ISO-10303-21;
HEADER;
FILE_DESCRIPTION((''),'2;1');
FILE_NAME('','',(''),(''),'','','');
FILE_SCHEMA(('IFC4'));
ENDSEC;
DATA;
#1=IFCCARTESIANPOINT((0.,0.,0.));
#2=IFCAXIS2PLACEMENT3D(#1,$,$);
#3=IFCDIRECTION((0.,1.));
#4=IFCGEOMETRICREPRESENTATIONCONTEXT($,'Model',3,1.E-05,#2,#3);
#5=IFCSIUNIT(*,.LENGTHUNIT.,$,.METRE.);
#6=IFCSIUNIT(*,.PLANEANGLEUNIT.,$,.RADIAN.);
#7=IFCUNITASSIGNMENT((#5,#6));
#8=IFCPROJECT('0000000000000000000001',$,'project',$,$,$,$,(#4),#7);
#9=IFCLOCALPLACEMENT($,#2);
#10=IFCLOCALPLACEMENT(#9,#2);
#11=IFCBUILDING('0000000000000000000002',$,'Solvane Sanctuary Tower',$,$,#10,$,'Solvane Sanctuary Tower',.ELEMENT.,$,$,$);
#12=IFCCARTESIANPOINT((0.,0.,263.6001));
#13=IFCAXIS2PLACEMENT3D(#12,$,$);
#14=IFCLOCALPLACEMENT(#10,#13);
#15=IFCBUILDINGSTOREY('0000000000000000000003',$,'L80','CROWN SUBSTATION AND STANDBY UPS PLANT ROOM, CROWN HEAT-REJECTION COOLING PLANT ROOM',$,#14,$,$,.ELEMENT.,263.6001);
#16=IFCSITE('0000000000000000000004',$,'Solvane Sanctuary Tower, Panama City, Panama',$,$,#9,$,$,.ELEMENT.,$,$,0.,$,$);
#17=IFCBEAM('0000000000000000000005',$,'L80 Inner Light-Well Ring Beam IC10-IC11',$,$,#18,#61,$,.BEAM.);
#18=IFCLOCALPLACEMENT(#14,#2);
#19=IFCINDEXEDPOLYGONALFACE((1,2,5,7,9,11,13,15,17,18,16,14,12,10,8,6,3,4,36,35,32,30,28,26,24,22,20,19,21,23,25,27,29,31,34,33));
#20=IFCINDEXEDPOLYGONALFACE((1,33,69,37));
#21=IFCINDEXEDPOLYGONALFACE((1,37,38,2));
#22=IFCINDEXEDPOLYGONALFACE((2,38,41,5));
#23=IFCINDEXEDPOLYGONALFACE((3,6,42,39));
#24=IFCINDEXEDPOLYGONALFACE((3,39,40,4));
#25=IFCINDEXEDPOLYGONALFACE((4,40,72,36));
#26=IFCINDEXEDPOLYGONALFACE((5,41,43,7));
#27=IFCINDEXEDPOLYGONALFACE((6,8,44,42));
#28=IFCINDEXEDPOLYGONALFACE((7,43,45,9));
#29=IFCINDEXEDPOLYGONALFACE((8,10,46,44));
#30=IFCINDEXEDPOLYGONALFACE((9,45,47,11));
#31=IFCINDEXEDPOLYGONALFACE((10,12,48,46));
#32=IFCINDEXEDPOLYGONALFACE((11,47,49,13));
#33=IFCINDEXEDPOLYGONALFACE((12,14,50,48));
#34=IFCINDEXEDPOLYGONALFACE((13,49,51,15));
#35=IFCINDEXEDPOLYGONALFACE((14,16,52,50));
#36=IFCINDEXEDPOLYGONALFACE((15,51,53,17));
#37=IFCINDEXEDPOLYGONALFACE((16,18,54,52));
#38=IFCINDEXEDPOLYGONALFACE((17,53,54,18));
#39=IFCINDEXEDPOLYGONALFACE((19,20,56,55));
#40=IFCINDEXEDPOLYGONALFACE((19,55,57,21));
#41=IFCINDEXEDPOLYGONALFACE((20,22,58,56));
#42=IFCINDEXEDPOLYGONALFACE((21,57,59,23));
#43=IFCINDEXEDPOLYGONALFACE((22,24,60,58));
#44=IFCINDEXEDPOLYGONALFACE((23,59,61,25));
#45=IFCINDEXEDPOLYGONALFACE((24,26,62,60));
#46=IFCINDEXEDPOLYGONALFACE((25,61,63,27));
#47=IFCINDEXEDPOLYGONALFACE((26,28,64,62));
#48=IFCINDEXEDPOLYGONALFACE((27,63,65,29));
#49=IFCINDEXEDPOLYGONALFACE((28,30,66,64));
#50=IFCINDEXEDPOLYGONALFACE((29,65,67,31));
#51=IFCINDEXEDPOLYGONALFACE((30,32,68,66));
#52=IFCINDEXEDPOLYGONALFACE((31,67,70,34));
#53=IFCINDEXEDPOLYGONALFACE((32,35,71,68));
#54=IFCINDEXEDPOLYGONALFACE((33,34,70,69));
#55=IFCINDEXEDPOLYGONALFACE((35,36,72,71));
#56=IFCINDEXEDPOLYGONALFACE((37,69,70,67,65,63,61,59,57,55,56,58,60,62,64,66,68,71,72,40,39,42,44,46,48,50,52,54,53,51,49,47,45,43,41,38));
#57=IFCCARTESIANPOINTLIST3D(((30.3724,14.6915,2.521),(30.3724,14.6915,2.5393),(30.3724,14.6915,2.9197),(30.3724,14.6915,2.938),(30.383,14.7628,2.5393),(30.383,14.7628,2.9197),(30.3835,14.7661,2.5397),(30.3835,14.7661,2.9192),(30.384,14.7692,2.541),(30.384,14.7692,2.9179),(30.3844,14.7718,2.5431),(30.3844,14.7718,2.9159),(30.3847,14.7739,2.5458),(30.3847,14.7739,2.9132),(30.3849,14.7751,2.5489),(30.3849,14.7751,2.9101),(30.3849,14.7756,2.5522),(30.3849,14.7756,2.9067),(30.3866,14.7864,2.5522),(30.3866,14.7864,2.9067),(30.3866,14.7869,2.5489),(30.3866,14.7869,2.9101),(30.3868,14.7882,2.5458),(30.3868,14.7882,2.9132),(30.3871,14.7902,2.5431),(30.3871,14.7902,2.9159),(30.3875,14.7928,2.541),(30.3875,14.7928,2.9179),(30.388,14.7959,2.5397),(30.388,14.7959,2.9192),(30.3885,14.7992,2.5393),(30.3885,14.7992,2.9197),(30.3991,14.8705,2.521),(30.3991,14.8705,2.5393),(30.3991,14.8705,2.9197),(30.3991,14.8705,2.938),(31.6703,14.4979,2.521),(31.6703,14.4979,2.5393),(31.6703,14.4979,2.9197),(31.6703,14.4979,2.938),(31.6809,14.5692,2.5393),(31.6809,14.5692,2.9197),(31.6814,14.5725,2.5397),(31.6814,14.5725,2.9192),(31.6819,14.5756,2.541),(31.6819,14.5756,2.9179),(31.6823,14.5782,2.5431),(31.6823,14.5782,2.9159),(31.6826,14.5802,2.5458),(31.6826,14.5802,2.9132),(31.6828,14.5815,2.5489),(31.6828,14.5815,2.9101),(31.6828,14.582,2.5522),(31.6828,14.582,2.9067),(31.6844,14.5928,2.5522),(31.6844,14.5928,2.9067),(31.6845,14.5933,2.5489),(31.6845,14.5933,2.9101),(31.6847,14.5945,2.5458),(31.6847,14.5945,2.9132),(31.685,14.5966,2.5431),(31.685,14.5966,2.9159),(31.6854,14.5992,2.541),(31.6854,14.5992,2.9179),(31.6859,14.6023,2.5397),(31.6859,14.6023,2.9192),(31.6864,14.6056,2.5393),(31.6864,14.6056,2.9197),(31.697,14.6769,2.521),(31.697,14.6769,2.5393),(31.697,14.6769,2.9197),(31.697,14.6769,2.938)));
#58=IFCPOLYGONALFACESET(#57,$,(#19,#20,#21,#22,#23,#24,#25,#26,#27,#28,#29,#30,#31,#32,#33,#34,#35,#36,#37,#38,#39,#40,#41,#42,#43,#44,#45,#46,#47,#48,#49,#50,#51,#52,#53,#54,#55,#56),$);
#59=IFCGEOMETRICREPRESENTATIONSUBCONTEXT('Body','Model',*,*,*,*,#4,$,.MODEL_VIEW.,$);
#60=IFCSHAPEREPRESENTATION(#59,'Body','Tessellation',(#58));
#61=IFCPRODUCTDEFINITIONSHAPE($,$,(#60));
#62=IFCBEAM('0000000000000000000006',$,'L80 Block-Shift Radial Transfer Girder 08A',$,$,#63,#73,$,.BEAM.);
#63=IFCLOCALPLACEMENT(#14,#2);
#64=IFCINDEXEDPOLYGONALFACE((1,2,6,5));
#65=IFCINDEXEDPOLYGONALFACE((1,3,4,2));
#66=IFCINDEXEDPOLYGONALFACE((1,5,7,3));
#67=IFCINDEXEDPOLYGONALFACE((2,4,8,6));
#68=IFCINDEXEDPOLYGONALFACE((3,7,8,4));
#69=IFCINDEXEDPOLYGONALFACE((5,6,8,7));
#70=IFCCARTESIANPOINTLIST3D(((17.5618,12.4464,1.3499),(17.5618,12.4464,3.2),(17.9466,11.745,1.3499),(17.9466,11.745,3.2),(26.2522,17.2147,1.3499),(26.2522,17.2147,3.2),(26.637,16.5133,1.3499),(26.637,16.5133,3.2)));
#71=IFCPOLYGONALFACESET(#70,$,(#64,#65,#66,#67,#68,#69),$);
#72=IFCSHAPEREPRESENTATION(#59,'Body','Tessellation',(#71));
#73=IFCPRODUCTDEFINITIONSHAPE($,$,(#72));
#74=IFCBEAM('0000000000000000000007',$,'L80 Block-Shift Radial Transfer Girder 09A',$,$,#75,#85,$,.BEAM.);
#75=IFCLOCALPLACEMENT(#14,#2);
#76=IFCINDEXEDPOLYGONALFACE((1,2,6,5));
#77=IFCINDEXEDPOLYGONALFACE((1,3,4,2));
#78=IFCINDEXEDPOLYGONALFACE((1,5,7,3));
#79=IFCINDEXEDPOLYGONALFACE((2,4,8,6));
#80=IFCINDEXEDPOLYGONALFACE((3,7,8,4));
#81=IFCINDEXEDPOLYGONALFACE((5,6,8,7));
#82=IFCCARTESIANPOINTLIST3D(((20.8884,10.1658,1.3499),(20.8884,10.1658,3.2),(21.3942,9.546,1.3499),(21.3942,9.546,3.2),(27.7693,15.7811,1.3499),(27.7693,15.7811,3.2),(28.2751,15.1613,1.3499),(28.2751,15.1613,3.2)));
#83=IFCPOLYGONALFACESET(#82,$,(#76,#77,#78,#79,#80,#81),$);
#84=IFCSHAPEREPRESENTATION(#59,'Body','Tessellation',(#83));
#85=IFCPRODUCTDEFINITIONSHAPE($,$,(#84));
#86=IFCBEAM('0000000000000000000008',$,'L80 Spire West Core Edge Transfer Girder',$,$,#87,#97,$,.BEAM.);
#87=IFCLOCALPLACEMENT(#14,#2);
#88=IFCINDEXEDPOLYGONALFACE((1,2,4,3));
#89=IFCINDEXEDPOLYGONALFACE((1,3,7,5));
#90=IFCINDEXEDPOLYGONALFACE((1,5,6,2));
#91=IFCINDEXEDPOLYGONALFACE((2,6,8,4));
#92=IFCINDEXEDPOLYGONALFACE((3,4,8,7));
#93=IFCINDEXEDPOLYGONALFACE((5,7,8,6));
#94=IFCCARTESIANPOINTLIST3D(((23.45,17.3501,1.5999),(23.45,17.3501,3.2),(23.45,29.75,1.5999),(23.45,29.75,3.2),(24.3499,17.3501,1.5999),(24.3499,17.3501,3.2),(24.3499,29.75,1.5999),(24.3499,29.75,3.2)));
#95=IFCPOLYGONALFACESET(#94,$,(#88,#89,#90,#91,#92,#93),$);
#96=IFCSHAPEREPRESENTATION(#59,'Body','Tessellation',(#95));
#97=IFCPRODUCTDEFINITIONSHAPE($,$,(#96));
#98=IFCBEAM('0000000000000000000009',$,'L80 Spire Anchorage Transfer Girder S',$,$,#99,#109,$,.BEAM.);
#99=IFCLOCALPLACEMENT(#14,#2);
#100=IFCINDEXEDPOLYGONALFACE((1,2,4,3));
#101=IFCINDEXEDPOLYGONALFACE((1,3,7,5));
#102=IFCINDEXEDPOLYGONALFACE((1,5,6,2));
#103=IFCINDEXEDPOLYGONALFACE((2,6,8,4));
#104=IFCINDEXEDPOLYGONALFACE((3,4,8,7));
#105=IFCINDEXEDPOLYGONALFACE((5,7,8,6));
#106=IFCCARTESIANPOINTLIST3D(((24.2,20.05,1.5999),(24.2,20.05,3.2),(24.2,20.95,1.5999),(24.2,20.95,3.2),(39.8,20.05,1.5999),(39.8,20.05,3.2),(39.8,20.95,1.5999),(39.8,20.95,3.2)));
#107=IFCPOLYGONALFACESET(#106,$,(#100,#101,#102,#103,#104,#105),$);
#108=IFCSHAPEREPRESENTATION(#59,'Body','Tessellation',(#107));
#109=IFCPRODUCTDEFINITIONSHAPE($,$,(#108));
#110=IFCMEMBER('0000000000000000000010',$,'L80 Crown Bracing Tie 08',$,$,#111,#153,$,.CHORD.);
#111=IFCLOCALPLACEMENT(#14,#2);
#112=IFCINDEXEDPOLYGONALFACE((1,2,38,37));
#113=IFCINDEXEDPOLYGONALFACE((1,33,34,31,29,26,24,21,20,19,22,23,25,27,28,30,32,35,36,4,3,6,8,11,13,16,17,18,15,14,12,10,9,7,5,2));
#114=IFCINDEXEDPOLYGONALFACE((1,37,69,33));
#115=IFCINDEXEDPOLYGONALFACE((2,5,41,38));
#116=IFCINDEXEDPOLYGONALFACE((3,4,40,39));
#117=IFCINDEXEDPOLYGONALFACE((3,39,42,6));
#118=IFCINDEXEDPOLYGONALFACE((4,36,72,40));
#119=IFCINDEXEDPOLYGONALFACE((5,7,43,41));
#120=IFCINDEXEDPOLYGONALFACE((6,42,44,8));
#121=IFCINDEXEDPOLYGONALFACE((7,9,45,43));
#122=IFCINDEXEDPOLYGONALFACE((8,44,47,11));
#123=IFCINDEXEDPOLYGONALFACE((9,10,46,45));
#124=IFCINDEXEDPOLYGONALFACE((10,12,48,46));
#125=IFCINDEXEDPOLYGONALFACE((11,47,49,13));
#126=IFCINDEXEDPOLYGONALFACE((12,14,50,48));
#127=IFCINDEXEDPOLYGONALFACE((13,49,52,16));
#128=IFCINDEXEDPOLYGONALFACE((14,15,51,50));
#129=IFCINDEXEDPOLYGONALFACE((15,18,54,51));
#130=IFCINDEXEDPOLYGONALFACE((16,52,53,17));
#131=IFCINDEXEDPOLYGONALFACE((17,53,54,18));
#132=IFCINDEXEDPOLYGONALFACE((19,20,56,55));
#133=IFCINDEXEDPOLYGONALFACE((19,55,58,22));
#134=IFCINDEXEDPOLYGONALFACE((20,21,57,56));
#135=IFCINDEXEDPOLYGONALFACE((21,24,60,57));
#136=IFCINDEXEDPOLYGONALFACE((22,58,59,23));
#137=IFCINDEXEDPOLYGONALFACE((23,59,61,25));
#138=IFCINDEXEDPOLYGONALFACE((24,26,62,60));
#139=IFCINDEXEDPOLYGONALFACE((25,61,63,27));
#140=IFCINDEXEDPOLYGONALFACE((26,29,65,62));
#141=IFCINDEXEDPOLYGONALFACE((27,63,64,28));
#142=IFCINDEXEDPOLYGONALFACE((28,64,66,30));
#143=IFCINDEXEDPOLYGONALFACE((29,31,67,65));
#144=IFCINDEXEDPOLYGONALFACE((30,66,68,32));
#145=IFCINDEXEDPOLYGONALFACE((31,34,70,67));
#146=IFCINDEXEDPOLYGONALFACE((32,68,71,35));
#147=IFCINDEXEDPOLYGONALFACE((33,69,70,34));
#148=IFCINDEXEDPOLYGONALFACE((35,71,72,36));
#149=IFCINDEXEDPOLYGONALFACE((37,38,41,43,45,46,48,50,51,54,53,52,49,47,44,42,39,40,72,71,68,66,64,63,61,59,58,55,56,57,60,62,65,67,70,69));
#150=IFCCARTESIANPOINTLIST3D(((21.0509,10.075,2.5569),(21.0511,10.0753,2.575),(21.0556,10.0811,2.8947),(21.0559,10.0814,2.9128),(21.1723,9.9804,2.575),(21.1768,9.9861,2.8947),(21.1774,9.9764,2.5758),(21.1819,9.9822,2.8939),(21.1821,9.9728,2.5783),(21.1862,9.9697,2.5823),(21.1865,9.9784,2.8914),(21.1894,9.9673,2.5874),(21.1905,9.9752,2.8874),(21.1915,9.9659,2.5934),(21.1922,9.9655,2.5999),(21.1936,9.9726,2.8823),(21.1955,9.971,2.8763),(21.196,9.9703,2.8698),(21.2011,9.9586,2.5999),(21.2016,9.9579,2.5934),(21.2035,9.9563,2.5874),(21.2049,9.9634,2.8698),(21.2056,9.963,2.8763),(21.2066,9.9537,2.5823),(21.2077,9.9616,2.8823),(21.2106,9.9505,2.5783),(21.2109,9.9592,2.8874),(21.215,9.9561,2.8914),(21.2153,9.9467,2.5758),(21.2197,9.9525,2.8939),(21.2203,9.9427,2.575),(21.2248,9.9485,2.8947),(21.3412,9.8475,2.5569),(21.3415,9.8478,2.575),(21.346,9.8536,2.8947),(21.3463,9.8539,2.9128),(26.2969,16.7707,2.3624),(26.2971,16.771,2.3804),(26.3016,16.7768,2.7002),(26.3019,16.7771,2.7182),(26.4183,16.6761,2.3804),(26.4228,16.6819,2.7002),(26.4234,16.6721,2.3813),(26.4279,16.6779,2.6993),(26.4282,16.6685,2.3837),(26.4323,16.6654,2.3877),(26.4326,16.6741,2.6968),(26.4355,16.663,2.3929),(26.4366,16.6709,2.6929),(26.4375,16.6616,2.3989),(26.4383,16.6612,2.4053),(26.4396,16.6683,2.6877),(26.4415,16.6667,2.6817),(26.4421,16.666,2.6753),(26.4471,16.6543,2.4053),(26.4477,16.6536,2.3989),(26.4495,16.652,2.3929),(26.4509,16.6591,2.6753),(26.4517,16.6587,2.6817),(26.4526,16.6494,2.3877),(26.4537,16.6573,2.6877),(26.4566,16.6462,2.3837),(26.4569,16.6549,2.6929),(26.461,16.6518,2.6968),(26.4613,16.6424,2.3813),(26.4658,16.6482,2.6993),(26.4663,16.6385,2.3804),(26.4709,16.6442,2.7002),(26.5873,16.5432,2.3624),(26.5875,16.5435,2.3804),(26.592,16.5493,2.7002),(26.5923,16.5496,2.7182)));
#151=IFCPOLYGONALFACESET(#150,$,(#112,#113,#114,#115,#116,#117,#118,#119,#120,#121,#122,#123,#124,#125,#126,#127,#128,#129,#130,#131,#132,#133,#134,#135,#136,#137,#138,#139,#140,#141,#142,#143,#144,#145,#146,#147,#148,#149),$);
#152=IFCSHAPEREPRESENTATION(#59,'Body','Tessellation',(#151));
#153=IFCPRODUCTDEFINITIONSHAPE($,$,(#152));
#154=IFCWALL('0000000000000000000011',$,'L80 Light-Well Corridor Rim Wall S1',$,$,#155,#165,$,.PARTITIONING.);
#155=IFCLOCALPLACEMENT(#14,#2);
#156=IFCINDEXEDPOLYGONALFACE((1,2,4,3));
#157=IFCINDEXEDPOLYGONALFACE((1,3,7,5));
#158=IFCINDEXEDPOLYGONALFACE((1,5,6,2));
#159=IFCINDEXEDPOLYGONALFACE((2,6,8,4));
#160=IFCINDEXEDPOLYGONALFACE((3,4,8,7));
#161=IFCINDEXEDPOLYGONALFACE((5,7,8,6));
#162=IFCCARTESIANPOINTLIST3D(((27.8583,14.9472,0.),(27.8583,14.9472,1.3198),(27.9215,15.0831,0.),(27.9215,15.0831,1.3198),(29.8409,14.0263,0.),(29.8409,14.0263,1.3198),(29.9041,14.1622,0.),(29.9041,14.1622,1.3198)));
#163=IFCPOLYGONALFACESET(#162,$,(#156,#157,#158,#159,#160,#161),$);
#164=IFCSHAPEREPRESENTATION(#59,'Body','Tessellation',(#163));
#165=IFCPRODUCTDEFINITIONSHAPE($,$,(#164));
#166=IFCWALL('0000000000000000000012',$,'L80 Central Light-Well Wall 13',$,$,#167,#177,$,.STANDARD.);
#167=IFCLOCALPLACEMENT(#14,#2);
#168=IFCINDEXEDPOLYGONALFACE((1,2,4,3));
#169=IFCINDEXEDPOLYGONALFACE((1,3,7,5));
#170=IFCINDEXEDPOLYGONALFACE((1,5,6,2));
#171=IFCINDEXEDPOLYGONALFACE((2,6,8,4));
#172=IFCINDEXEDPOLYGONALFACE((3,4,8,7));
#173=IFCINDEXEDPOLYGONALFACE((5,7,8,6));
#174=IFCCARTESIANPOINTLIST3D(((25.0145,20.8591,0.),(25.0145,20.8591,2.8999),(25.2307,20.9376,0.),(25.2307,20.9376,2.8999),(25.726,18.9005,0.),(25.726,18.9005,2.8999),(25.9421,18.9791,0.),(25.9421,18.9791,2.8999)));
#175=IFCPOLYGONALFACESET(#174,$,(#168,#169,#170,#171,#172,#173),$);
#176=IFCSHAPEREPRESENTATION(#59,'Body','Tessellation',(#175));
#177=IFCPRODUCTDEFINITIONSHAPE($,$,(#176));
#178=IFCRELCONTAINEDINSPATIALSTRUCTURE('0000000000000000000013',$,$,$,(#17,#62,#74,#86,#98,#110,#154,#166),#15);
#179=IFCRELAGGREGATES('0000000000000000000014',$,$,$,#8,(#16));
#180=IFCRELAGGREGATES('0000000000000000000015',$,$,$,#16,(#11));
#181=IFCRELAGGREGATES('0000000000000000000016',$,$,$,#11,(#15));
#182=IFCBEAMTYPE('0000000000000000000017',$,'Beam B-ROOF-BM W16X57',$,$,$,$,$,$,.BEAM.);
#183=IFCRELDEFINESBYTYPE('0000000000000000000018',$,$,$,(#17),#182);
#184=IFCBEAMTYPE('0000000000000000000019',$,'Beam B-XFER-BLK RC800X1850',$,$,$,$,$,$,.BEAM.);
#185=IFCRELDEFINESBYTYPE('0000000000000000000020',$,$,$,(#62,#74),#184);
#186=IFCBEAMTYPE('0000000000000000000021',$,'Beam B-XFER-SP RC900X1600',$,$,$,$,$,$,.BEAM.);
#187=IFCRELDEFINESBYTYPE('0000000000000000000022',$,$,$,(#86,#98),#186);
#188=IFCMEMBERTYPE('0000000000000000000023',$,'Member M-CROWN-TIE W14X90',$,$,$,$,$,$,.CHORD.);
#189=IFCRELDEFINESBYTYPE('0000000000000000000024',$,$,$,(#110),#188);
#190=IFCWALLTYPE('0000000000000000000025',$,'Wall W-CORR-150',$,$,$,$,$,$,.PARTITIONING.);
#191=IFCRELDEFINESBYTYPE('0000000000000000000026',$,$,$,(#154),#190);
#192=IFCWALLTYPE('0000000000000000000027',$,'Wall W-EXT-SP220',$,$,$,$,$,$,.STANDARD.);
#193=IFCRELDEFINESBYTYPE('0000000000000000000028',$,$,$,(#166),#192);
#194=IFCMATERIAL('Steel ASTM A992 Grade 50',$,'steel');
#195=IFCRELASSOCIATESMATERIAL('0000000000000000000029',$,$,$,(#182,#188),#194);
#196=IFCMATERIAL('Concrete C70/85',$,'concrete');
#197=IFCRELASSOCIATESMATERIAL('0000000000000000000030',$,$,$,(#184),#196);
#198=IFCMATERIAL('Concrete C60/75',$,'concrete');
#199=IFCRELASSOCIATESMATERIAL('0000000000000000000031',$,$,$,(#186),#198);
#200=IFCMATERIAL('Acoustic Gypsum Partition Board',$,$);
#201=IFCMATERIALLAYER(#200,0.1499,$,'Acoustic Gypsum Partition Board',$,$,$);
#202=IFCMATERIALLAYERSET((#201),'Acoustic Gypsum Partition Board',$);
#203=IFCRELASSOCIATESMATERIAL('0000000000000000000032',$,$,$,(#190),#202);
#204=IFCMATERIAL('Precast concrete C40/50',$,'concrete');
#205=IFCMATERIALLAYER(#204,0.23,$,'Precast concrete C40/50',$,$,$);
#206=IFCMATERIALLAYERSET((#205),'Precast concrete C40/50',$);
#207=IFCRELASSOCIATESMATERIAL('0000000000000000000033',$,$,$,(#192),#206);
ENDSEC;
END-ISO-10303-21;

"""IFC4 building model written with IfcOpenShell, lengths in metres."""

from ifc_helpers import new_model, si_unit, direction, frame, frame_2d, origin, origin_2d, place, context, subcontext, project, spatial, rectangle, i_section, extrude, material, layer, layer_set, material_profile, profile_set, type_object, element, save


model = new_model("IFC4")

# Units and contexts
model_context = context("Model", 3, precision=1e-05, world=origin(), true_north=direction((0.0, 1.0)))
body_context = subcontext(model_context, "Body", "Model", "MODEL_VIEW")
ifc_project = project(units=[si_unit("LENGTHUNIT", "METRE"), si_unit("PLANEANGLEUNIT", "RADIAN")], contexts=[model_context])

# Site, building, storey
site_placement = place(None, origin())
site = spatial("IfcSite", under=ifc_project, at=site_placement, Name="Solvane Sanctuary Tower, Panama City, Panama", CompositionType="ELEMENT", RefElevation=0.0)
building_placement = place(site_placement, origin())
building = spatial("IfcBuilding", under=site, at=building_placement, Name="Solvane Sanctuary Tower", LongName="Solvane Sanctuary Tower", CompositionType="ELEMENT")
storey_placement = place(building_placement, frame((0.0, 0.0, 263.6001)))
storey = spatial("IfcBuildingStorey", under=building, at=storey_placement, Name="L80", Description="CROWN SUBSTATION AND STANDBY UPS PLANT ROOM, CROWN HEAT-REJECTION COOLING PLANT ROOM", CompositionType="ELEMENT", Elevation=263.6001)

# Shared definitions
ifc_material_1 = material(Name="Concrete C70/85", Category="concrete")

# Beams
ifc_material_2 = material(Name="Steel ASTM A992 Grade 50", Category="steel")
ifc_material_profile_1 = material_profile(ifc_material_2, i_section(OverallWidth=0.1809, OverallDepth=0.417, WebThickness=0.011, FlangeThickness=0.0183, FilletRadius=0.0129, at=origin_2d()), Name="W16X57")
ifc_profile_set_1 = profile_set([ifc_material_profile_1], Name="Steel ASTM A992 Grade 50")
beam_type_1 = type_object("IfcBeamType", Name="Beam B-ROOF-BM W16X57", PredefinedType="BEAM", material=ifc_profile_set_1)
beam_1_placement = place(storey_placement, frame((30.3857, 14.781, 2.7295), z_axis=(0.989056, -0.14754, 0.0), x_axis=(0.14754, 0.989056, 0.0)))
element("IfcBeam", 1, at=beam_1_placement, inside=storey, type_object=beam_type_1, Name="L80 Inner Light-Well Ring Beam IC10-IC11", PredefinedType="BEAM", context=body_context, shape_type="SweptSolid", body=[
    extrude(i_section(OverallWidth=0.1809, OverallDepth=0.417, WebThickness=0.011, FlangeThickness=0.0183, FilletRadius=0.0129, at=origin_2d()), origin(), (0.0, 0.0, 1.0), 1.3123),
])
ifc_material_profile_2 = material_profile(ifc_material_1, rectangle(XDim=0.8, YDim=1.8501, at=origin_2d()), Name="RC800X1850")
ifc_profile_set_2 = profile_set([ifc_material_profile_2], Name="Concrete C70/85")
beam_type_2 = type_object("IfcBeamType", Name="Beam B-XFER-BLK RC800X1850", PredefinedType="BEAM", material=ifc_profile_set_2)
beam_2_placement = place(storey_placement, frame((26.4446, 16.864, 2.2749), z_axis=(-0.876702, -0.481034, 0.0), x_axis=(0.481034, -0.876702, 0.0)))
element("IfcBeam", 2, at=beam_2_placement, inside=storey, type_object=beam_type_2, Name="L80 Block-Shift Radial Transfer Girder 08A", PredefinedType="BEAM", context=body_context, shape_type="SweptSolid", body=[
    extrude(rectangle(XDim=0.8, YDim=1.8501, at=origin_2d()), origin(), (0.0, 0.0, 1.0), 9.9126),
])
beam_3_placement = place(storey_placement, frame((28.0222, 15.4712, 2.2749), z_axis=(-0.77476, -0.632255, 0.0), x_axis=(0.632255, -0.77476, 0.0)))
element("IfcBeam", 3, at=beam_3_placement, inside=storey, type_object=beam_type_2, Name="L80 Block-Shift Radial Transfer Girder 09A", PredefinedType="BEAM", context=body_context, shape_type="SweptSolid", body=[
    extrude(rectangle(XDim=0.8, YDim=1.8501, at=origin_2d()), origin(), (0.0, 0.0, 1.0), 8.8813),
])
ifc_material_3 = material(Name="Concrete C60/75", Category="concrete")
ifc_material_profile_3 = material_profile(ifc_material_3, rectangle(XDim=0.8999, YDim=1.6001, at=origin_2d()), Name="RC900X1600")
ifc_profile_set_3 = profile_set([ifc_material_profile_3], Name="Concrete C60/75")
beam_type_3 = type_object("IfcBeamType", Name="Beam B-XFER-SP RC900X1600", PredefinedType="BEAM", material=ifc_profile_set_3)
beam_4_placement = place(storey_placement, frame((23.8999, 17.3501, 2.3999), z_axis=(0.0, 1.0, 0.0), x_axis=(-1.0, 0.0, 0.0)))
element("IfcBeam", 4, at=beam_4_placement, inside=storey, type_object=beam_type_3, Name="L80 Spire West Core Edge Transfer Girder", PredefinedType="BEAM", context=body_context, shape_type="SweptSolid", body=[
    extrude(rectangle(XDim=0.8999, YDim=1.6001, at=origin_2d()), origin(), (0.0, 0.0, 1.0), 12.3999),
])
beam_5_placement = place(storey_placement, frame((24.2, 20.5, 2.3999), z_axis=(1.0, 0.0, 0.0), x_axis=(0.0, 1.0, 0.0)))
element("IfcBeam", 5, at=beam_5_placement, inside=storey, type_object=beam_type_3, Name="L80 Spire Anchorage Transfer Girder S", PredefinedType="BEAM", context=body_context, shape_type="SweptSolid", body=[
    extrude(rectangle(XDim=0.8999, YDim=1.6001, at=origin_2d()), origin(), (0.0, 0.0, 1.0), 15.6001),
])

# Member
ifc_material_profile_4 = material_profile(ifc_material_2, i_section(OverallWidth=0.3689, OverallDepth=0.356, WebThickness=0.0112, FlangeThickness=0.0181, FilletRadius=0.0249, at=origin_2d()), Name="W14X90")
ifc_profile_set_4 = profile_set([ifc_material_profile_4], Name="Steel ASTM A992 Grade 50")
member_type = type_object("IfcMemberType", Name="Member M-CROWN-TIE W14X90", PredefinedType="CHORD", material=ifc_profile_set_4)
member_placement = place(storey_placement, frame((26.4446, 16.6602, 2.5403), z_axis=(-0.616577, -0.786962, 0.022869), x_axis=(0.787168, -0.616738, 0.0)))
element("IfcMember", 6, at=member_placement, inside=storey, type_object=member_type, Name="L80 Crown Bracing Tie 08", PredefinedType="CHORD", context=body_context, shape_type="SweptSolid", body=[
    extrude(i_section(OverallWidth=0.3689, OverallDepth=0.356, WebThickness=0.0112, FlangeThickness=0.0181, FilletRadius=0.0249, at=origin_2d()), origin(), (0.0, 0.0, 1.0), 8.5083),
])

# Walls
ifc_material_4 = material(Name="Acoustic Gypsum Partition Board")
ifc_layer_1 = layer(ifc_material_4, 0.1499, Name="Acoustic Gypsum Partition Board")
ifc_layer_set_1 = layer_set([ifc_layer_1], Name="Acoustic Gypsum Partition Board")
wall_type_1 = type_object("IfcWallType", Name="Wall W-CORR-150", PredefinedType="PARTITIONING", material=ifc_layer_set_1)
wall_1_placement = place(storey_placement, frame((27.8899, 15.0151, 0.0), z_axis=(0.0, 0.0, 1.0), x_axis=(0.906943, -0.421252, 0.0)))
element("IfcWall", 7, at=wall_1_placement, inside=storey, type_object=wall_type_1, Name="L80 Light-Well Corridor Rim Wall S1", PredefinedType="PARTITIONING", context=body_context, shape_type="SweptSolid", body=[
    extrude(rectangle(XDim=2.186, YDim=0.1499, at=frame_2d((1.093, 0.0))), origin(), (0.0, 0.0, 1.0), 1.3198),
])
ifc_material_5 = material(Name="Precast concrete C40/50", Category="concrete")
ifc_layer_2 = layer(ifc_material_5, 0.23, Name="Precast concrete C40/50")
ifc_layer_set_2 = layer_set([ifc_layer_2], Name="Precast concrete C40/50")
wall_type_2 = type_object("IfcWallType", Name="Wall W-EXT-SP220", PredefinedType="STANDARD", material=ifc_layer_set_2)
wall_2_placement = place(storey_placement, frame((25.1226, 20.8984, 0.0), z_axis=(0.0, 0.0, 1.0), x_axis=(0.341423, -0.93991, 0.0)))
element("IfcWall", 8, at=wall_2_placement, inside=storey, type_object=wall_type_2, Name="L80 Central Light-Well Wall 13", PredefinedType="STANDARD", context=body_context, shape_type="SweptSolid", body=[
    extrude(rectangle(XDim=2.0837, YDim=0.23, at=frame_2d((1.042, 0.0))), origin(), (0.0, 0.0, 1.0), 2.8999),
])

save(model, "model.ifc")
